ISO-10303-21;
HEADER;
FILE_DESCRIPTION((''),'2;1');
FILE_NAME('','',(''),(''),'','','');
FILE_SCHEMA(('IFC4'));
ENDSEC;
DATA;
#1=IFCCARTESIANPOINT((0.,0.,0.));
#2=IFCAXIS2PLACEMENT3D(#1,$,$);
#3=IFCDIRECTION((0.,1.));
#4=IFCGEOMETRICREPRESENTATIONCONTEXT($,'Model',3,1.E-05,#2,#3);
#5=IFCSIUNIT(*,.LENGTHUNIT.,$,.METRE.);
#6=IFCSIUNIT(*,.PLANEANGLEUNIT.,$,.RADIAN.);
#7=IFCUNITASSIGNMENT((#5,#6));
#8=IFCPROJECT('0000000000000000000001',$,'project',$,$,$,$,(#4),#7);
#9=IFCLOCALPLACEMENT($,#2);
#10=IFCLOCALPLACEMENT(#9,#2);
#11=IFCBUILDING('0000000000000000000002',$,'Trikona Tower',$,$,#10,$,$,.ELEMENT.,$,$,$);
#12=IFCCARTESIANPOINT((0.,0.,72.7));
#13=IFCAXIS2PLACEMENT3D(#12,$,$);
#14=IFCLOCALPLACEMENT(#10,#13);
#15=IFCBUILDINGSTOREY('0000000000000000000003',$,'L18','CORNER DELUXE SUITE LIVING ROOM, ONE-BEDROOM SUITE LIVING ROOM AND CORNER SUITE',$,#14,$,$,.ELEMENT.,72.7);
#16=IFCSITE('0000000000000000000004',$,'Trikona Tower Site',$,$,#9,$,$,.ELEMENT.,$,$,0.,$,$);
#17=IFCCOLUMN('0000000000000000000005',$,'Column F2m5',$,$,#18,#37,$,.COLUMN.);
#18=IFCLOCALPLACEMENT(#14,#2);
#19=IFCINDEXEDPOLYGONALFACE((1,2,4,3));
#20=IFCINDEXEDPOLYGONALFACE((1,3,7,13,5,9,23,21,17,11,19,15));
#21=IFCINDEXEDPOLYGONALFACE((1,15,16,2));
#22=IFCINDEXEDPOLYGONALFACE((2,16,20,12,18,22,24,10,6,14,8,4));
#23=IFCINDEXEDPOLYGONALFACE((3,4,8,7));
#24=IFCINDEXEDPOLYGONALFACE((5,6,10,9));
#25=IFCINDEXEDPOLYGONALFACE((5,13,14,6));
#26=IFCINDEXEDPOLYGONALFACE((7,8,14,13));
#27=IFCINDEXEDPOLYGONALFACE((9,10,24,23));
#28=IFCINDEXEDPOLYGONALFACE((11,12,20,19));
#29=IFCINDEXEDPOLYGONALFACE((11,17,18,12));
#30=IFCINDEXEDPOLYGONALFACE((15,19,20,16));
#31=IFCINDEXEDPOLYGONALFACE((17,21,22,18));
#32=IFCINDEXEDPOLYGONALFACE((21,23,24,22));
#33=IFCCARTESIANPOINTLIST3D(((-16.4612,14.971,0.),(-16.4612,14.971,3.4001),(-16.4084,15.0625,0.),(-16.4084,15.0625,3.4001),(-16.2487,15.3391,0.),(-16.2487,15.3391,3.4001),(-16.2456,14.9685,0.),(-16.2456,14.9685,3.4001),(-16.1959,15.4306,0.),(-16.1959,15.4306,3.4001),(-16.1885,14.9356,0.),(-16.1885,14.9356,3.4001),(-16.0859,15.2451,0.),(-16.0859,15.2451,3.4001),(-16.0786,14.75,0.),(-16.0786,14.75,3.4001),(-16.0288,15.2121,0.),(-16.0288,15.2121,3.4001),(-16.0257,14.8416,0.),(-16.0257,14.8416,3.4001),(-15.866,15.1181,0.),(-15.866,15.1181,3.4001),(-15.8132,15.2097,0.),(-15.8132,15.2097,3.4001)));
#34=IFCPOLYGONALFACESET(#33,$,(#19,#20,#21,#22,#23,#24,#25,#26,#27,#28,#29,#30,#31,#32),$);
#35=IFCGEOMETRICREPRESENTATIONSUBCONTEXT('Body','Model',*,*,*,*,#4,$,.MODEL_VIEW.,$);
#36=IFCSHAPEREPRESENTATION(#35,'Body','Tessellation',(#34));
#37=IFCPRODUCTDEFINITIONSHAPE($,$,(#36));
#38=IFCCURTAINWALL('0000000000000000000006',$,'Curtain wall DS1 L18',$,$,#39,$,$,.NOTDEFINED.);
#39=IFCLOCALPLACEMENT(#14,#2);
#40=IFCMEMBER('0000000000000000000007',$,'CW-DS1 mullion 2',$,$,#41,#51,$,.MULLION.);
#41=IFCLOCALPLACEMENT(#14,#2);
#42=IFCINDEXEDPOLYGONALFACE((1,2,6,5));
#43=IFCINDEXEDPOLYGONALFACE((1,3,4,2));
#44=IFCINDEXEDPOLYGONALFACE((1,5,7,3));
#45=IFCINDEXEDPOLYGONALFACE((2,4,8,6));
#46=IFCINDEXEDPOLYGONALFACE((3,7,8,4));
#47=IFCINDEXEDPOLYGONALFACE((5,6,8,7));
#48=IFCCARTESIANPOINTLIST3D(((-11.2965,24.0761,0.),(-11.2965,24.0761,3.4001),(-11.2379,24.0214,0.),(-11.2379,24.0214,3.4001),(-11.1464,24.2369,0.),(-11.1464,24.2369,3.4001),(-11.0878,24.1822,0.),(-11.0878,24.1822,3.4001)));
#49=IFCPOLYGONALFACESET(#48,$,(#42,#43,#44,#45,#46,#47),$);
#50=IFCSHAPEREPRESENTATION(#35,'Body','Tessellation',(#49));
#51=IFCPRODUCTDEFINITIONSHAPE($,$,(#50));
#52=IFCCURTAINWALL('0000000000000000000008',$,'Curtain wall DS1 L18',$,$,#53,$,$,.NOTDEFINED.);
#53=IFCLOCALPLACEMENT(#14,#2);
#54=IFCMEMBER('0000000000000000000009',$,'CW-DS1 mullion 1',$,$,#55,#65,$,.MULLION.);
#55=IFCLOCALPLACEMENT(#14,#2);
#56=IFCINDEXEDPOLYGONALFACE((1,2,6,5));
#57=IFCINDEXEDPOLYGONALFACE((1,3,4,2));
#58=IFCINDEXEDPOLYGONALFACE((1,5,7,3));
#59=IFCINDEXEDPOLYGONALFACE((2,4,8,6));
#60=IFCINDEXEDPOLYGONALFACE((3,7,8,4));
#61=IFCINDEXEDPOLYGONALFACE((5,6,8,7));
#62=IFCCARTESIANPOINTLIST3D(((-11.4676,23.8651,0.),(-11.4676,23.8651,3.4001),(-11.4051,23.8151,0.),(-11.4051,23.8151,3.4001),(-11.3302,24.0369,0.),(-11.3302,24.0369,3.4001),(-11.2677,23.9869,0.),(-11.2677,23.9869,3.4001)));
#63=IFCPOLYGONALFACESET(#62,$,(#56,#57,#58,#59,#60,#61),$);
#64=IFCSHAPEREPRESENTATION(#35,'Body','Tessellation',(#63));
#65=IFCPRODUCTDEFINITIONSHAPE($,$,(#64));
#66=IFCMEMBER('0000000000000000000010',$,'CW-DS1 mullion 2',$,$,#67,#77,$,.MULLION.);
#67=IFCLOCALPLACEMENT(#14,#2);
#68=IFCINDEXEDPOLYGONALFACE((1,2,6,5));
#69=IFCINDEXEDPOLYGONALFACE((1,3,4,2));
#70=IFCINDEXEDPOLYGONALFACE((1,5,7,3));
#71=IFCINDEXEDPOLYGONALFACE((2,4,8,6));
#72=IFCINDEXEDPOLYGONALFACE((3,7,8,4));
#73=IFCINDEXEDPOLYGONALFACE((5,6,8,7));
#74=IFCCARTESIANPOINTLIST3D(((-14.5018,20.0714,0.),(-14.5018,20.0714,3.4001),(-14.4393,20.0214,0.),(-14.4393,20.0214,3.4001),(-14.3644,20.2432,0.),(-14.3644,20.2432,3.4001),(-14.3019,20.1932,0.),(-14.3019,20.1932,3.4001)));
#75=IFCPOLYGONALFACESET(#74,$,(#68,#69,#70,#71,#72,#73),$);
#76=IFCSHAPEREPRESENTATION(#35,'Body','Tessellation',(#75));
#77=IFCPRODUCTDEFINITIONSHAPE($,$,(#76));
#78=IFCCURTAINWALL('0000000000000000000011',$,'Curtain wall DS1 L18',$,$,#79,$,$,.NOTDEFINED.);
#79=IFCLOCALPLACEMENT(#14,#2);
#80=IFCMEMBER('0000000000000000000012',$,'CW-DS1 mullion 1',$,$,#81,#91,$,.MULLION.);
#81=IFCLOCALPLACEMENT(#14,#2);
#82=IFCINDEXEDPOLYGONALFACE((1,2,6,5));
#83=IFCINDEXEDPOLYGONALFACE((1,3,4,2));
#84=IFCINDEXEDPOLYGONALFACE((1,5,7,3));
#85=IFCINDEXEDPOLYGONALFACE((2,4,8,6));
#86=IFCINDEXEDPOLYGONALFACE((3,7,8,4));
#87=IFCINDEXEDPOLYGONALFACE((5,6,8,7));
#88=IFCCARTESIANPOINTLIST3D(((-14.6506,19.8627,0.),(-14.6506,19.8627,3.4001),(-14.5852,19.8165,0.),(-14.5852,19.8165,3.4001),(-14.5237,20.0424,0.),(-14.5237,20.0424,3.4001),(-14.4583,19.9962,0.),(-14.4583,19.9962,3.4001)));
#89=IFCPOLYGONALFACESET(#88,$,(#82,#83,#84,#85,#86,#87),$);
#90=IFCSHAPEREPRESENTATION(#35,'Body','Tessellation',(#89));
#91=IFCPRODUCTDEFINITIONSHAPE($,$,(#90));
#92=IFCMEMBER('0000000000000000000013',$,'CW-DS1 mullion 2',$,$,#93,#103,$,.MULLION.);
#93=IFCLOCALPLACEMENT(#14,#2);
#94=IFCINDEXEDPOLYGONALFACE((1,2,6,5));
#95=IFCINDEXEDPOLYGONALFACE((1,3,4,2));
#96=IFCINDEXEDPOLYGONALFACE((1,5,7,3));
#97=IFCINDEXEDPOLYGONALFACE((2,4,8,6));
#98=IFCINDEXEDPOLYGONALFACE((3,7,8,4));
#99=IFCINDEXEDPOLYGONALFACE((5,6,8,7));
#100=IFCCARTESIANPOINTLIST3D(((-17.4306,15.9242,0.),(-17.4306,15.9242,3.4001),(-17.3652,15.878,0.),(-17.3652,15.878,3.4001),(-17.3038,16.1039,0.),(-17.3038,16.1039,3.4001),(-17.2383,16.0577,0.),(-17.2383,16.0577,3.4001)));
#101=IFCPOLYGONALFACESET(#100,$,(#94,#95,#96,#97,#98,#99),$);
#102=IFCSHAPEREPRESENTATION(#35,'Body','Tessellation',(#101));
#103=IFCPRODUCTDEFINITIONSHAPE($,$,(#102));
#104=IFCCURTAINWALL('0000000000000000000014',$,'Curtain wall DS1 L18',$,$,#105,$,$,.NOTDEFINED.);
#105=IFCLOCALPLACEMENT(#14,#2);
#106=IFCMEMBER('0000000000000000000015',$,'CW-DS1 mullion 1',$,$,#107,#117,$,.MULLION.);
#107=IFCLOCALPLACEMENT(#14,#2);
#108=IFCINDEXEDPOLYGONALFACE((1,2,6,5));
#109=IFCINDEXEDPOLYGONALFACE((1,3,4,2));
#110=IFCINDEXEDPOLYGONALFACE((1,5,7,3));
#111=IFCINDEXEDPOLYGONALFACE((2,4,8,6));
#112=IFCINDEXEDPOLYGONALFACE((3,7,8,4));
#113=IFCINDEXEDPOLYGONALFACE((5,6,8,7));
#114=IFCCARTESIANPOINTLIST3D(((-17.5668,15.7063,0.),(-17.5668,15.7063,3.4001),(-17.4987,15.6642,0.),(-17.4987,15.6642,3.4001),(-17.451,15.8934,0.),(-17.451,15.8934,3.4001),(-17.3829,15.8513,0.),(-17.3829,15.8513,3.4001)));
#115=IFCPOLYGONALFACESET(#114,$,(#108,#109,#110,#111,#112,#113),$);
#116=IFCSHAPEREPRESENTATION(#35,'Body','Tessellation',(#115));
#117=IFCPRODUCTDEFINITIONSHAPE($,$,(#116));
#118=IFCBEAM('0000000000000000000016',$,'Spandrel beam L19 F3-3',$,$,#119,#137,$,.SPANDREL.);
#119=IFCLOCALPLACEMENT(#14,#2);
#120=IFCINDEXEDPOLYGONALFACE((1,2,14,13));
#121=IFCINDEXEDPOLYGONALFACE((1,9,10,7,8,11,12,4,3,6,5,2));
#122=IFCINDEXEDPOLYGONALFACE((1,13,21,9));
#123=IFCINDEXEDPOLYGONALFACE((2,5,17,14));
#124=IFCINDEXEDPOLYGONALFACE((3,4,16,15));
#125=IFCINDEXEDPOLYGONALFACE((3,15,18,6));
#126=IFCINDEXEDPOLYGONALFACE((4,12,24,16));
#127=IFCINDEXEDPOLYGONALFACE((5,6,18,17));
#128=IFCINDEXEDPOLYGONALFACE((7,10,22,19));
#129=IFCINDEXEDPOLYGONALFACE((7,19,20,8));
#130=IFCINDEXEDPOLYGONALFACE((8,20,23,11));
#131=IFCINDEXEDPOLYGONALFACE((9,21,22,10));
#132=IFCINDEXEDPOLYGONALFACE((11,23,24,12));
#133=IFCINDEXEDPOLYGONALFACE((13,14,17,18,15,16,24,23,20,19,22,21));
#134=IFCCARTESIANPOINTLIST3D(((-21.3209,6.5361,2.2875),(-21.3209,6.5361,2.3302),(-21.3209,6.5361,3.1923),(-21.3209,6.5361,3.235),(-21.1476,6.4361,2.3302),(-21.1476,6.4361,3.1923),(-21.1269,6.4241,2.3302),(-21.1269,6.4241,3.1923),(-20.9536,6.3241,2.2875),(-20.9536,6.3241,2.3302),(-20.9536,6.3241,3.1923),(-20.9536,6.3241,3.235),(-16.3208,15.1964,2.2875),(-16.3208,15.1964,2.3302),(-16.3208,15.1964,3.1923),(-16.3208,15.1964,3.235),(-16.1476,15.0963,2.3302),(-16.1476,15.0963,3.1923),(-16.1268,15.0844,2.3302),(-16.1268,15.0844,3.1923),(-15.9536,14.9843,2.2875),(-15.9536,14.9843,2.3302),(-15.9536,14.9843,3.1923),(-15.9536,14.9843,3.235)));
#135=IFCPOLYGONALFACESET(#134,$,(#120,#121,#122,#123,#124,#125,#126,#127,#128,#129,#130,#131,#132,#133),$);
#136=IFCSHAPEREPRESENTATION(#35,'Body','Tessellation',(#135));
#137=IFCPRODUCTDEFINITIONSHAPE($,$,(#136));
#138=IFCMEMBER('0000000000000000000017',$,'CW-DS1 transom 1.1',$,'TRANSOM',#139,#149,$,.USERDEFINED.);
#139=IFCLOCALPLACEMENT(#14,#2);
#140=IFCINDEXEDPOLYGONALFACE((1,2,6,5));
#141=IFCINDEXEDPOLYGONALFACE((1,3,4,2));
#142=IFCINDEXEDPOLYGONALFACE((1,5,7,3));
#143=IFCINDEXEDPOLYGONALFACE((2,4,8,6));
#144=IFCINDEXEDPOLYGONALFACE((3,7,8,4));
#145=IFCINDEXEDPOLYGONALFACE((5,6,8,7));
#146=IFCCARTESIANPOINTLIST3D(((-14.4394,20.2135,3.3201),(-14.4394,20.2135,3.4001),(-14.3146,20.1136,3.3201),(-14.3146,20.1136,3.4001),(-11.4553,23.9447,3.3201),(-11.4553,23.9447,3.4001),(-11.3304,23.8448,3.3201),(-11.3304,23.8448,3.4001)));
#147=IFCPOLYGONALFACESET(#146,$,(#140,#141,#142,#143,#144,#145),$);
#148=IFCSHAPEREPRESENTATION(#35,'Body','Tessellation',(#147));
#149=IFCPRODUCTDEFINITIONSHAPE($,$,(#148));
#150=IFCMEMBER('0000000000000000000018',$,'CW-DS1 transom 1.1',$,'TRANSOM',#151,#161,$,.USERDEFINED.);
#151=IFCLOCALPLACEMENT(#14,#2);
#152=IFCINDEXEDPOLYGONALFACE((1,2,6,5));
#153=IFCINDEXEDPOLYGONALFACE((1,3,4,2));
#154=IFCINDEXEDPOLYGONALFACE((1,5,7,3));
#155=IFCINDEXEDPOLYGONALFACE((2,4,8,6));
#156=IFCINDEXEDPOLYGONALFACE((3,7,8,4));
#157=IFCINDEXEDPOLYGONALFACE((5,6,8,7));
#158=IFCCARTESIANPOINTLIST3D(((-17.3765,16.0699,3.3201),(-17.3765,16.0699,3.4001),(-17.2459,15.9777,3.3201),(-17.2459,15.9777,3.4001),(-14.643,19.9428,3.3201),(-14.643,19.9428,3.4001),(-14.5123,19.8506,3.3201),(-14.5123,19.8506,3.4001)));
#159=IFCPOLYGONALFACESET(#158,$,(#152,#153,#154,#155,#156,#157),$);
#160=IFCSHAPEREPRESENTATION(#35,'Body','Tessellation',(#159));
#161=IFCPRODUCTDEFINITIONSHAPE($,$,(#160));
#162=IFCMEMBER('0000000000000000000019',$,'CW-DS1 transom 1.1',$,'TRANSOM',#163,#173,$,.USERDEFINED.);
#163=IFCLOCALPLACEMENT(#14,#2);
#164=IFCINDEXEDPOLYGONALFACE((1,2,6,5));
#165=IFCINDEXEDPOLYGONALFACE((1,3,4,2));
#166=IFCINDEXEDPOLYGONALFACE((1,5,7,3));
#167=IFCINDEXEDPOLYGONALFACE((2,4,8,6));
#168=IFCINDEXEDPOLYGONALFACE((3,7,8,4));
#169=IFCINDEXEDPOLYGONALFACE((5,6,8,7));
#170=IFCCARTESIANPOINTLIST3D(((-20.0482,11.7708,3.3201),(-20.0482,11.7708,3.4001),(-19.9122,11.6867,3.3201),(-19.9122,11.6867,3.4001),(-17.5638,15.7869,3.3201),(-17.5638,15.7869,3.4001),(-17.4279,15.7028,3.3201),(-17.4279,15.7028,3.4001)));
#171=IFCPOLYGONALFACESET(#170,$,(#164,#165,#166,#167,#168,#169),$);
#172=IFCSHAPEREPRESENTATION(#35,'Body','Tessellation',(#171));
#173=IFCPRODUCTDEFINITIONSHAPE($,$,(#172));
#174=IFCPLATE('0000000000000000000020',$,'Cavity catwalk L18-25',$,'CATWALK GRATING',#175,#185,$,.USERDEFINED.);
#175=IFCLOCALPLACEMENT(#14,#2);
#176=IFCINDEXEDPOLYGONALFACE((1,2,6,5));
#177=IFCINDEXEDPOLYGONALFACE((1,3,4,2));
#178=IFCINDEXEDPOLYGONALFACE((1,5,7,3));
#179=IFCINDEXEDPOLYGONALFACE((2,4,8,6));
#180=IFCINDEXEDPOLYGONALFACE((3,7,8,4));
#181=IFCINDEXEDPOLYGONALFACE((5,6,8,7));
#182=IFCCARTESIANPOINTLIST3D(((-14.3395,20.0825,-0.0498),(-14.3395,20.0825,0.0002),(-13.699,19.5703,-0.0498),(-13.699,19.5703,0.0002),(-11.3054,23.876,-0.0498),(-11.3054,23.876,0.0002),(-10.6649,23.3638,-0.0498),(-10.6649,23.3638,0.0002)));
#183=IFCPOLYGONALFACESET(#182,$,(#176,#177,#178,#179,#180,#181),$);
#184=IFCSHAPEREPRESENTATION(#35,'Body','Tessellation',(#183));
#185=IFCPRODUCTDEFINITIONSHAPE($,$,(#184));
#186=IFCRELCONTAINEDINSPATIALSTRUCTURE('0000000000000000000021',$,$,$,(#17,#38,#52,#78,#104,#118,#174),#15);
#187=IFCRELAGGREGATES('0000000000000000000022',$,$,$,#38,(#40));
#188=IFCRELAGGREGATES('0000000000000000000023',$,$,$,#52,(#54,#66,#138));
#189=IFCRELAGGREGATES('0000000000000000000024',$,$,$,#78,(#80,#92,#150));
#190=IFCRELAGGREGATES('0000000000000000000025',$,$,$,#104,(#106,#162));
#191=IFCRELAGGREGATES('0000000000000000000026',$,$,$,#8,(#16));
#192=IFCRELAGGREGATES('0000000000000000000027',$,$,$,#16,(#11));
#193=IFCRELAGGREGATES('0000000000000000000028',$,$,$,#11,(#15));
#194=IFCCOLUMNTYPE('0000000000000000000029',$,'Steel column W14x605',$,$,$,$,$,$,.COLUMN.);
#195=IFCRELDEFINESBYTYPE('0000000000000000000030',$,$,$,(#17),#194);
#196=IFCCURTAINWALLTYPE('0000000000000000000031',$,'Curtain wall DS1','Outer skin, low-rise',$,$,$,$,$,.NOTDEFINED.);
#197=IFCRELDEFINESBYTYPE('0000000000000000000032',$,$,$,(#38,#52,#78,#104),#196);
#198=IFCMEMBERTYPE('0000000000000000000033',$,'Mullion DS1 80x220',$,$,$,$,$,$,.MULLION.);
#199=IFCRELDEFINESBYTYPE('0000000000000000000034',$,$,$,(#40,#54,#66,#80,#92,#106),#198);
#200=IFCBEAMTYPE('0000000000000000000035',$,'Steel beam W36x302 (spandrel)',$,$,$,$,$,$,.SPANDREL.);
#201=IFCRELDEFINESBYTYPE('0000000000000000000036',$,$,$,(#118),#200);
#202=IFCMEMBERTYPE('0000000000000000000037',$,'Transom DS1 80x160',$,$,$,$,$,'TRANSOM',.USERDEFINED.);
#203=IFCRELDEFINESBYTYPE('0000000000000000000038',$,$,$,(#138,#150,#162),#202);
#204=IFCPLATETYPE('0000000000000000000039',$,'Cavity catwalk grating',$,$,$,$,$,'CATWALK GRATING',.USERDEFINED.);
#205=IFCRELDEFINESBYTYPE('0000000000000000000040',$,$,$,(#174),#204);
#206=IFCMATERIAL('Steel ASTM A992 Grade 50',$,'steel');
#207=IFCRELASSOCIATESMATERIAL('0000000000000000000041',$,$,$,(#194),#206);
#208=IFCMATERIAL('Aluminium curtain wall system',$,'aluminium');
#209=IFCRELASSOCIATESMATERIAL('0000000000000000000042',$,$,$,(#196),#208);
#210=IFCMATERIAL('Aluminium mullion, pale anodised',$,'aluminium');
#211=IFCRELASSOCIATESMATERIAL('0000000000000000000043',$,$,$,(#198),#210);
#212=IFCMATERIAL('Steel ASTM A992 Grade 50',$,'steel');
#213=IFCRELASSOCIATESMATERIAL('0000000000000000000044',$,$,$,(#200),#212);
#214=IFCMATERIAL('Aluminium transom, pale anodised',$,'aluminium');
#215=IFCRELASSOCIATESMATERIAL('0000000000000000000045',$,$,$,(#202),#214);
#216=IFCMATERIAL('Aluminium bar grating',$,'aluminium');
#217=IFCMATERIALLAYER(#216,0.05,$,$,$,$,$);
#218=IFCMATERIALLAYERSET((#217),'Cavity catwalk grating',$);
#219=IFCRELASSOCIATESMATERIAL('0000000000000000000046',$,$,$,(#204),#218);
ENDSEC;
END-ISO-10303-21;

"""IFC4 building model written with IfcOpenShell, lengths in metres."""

from ifc_helpers import new_model, si_unit, direction, frame, origin, origin_2d, place, context, subcontext, project, spatial, rectangle, i_section, extrude, material, layer, layer_set, material_profile, profile_set, type_object, element, aggregate, save


model = new_model("IFC4")

# Units and contexts
model_context = context("Model", 3, precision=1e-05, world=origin(), true_north=direction((0.0, 1.0)))
body_context = subcontext(model_context, "Body", "Model", "MODEL_VIEW")
ifc_project = project(units=[si_unit("LENGTHUNIT", "METRE"), si_unit("PLANEANGLEUNIT", "RADIAN")], contexts=[model_context])

# Site, building, storey
site_placement = place(None, origin())
site = spatial("IfcSite", under=ifc_project, at=site_placement, Name="Trikona Tower Site", CompositionType="ELEMENT", RefElevation=0.0)
building_placement = place(site_placement, origin())
building = spatial("IfcBuilding", under=site, at=building_placement, Name="Trikona Tower", CompositionType="ELEMENT")
storey_placement = place(building_placement, frame((0.0, 0.0, 72.7)))
storey = spatial("IfcBuildingStorey", under=building, at=storey_placement, Name="L18", Description="CORNER DELUXE SUITE LIVING ROOM, ONE-BEDROOM SUITE LIVING ROOM AND CORNER SUITE", CompositionType="ELEMENT", Elevation=72.7)

# Column
ifc_material_1 = material(Name="Steel ASTM A992 Grade 50", Category="steel")
ifc_material_profile_1 = material_profile(ifc_material_1, i_section(OverallWidth=0.4419, OverallDepth=0.5308, WebThickness=0.0659, FlangeThickness=0.1057, at=origin_2d()), Name="W14X605")
ifc_profile_set_1 = profile_set([ifc_material_profile_1], Name="Steel ASTM A992 Grade 50")
column_type = type_object("IfcColumnType", Name="Steel column W14x605", PredefinedType="COLUMN", material=ifc_profile_set_1)
column_placement = place(storey_placement, frame((-16.1372, 15.0903, 0.0), z_axis=(0.0, 0.0, 1.0), x_axis=(-0.866025, 0.5, 0.0)))
element("IfcColumn", 1, at=column_placement, inside=storey, type_object=column_type, Name="Column F2m5", PredefinedType="COLUMN", context=body_context, shape_type="SweptSolid", body=[
    extrude(i_section(OverallWidth=0.4419, OverallDepth=0.5308, WebThickness=0.0659, FlangeThickness=0.1057, at=origin_2d()), origin(), (0.0, 0.0, 1.0), 3.4001),
])

# Curtain wall, member
ifc_material_2 = material(Name="Aluminium curtain wall system", Category="aluminium")
curtain_wall_type = type_object("IfcCurtainWallType", Name="Curtain wall DS1", Description="Outer skin, low-rise", PredefinedType="NOTDEFINED", material=ifc_material_2)
curtain_wall_1_placement = place(storey_placement, origin())
curtain_wall_1 = element("IfcCurtainWall", 2, at=curtain_wall_1_placement, inside=storey, type_object=curtain_wall_type, Name="Curtain wall DS1 L18", PredefinedType="NOTDEFINED")
ifc_material_3 = material(Name="Aluminium mullion, pale anodised", Category="aluminium")
ifc_material_profile_2 = material_profile(ifc_material_3, rectangle(XDim=0.0801, YDim=0.22, at=origin_2d()), Name="MUL-DS1")
ifc_profile_set_2 = profile_set([ifc_material_profile_2], Name="Aluminium mullion, pale anodised")
member_type_1 = type_object("IfcMemberType", Name="Mullion DS1 80x220", PredefinedType="MULLION", material=ifc_profile_set_2)
member_1_placement = place(storey_placement, frame((-11.1921, 24.1292, 0.0), z_axis=(0.0, 0.0, 1.0), x_axis=(0.731077, -0.682295, 0.0)))
member_1 = element("IfcMember", 3, at=member_1_placement, type_object=member_type_1, Name="CW-DS1 mullion 2", PredefinedType="MULLION", context=body_context, shape_type="SweptSolid", body=[
    extrude(rectangle(XDim=0.0801, YDim=0.22, at=origin_2d()), origin(), (0.0, 0.0, 1.0), 3.4001),
])
aggregate(curtain_wall_1, [member_1])

# Curtain walls, members
curtain_wall_2_placement = place(storey_placement, origin())
curtain_wall_2 = element("IfcCurtainWall", 4, at=curtain_wall_2_placement, inside=storey, type_object=curtain_wall_type, Name="Curtain wall DS1 L18", PredefinedType="NOTDEFINED")
member_2_placement = place(storey_placement, frame((-11.3677, 23.926, 0.0), z_axis=(0.0, 0.0, 1.0), x_axis=(0.780938, -0.624609, 0.0)))
member_2 = element("IfcMember", 5, at=member_2_placement, type_object=member_type_1, Name="CW-DS1 mullion 1", PredefinedType="MULLION", context=body_context, shape_type="SweptSolid", body=[
    extrude(rectangle(XDim=0.0801, YDim=0.22, at=origin_2d()), origin(), (0.0, 0.0, 1.0), 3.4001),
])
member_3_placement = place(storey_placement, frame((-14.4019, 20.1323, 0.0), z_axis=(0.0, 0.0, 1.0), x_axis=(0.780938, -0.624609, 0.0)))
member_3 = element("IfcMember", 6, at=member_3_placement, type_object=member_type_1, Name="CW-DS1 mullion 2", PredefinedType="MULLION", context=body_context, shape_type="SweptSolid", body=[
    extrude(rectangle(XDim=0.0801, YDim=0.22, at=origin_2d()), origin(), (0.0, 0.0, 1.0), 3.4001),
])
curtain_wall_3_placement = place(storey_placement, origin())
curtain_wall_3 = element("IfcCurtainWall", 7, at=curtain_wall_3_placement, inside=storey, type_object=curtain_wall_type, Name="Curtain wall DS1 L18", PredefinedType="NOTDEFINED")
member_4_placement = place(storey_placement, frame((-14.5544, 19.9294, 0.0), z_axis=(0.0, 0.0, 1.0), x_axis=(0.816985, -0.576658, 0.0)))
member_4 = element("IfcMember", 8, at=member_4_placement, type_object=member_type_1, Name="CW-DS1 mullion 1", PredefinedType="MULLION", context=body_context, shape_type="SweptSolid", body=[
    extrude(rectangle(XDim=0.0801, YDim=0.22, at=origin_2d()), origin(), (0.0, 0.0, 1.0), 3.4001),
])
member_5_placement = place(storey_placement, frame((-17.3345, 15.991, 0.0), z_axis=(0.0, 0.0, 1.0), x_axis=(0.816985, -0.576658, 0.0)))
member_5 = element("IfcMember", 9, at=member_5_placement, type_object=member_type_1, Name="CW-DS1 mullion 2", PredefinedType="MULLION", context=body_context, shape_type="SweptSolid", body=[
    extrude(rectangle(XDim=0.0801, YDim=0.22, at=origin_2d()), origin(), (0.0, 0.0, 1.0), 3.4001),
])

# Curtain wall, member
curtain_wall_4_placement = place(storey_placement, origin())
curtain_wall_4 = element("IfcCurtainWall", 10, at=curtain_wall_4_placement, inside=storey, type_object=curtain_wall_type, Name="Curtain wall DS1 L18", PredefinedType="NOTDEFINED")
member_6_placement = place(storey_placement, frame((-17.4749, 15.7788, 0.0), z_axis=(0.0, 0.0, 1.0), x_axis=(0.85041, -0.52612, 0.0)))
member_6 = element("IfcMember", 11, at=member_6_placement, type_object=member_type_1, Name="CW-DS1 mullion 1", PredefinedType="MULLION", context=body_context, shape_type="SweptSolid", body=[
    extrude(rectangle(XDim=0.0801, YDim=0.22, at=origin_2d()), origin(), (0.0, 0.0, 1.0), 3.4001),
])

# Beam
ifc_material_4 = material(Name="Steel ASTM A992 Grade 50", Category="steel")
ifc_material_profile_3 = material_profile(ifc_material_4, i_section(OverallWidth=0.4241, OverallDepth=0.9475, WebThickness=0.0239, FlangeThickness=0.0427, at=origin_2d()), Name="W36X302")
ifc_profile_set_3 = profile_set([ifc_material_profile_3], Name="Steel ASTM A992 Grade 50")
beam_type = type_object("IfcBeamType", Name="Steel beam W36x302 (spandrel)", PredefinedType="SPANDREL", material=ifc_profile_set_3)
beam_placement = place(storey_placement, frame((-16.1372, 15.0903, 2.7612), z_axis=(-0.500004, -0.866023, 0.0), x_axis=(0.866023, -0.500004, 0.0)))
element("IfcBeam", 12, at=beam_placement, inside=storey, type_object=beam_type, Name="Spandrel beam L19 F3-3", PredefinedType="SPANDREL", context=body_context, shape_type="SweptSolid", body=[
    extrude(i_section(OverallWidth=0.4241, OverallDepth=0.9475, WebThickness=0.0239, FlangeThickness=0.0427, at=origin_2d()), origin(), (0.0, 0.0, 1.0), 10.0),
])

# Members
ifc_material_5 = material(Name="Aluminium transom, pale anodised", Category="aluminium")
ifc_material_profile_4 = material_profile(ifc_material_5, rectangle(XDim=0.1599, YDim=0.0801, at=origin_2d()), Name="TRN-DS1")
ifc_profile_set_4 = profile_set([ifc_material_profile_4], Name="Aluminium transom, pale anodised")
member_type_2 = type_object("IfcMemberType", Name="Transom DS1 80x160", ElementType="TRANSOM", PredefinedType="USERDEFINED", material=ifc_profile_set_4)
member_7_placement = place(storey_placement, frame((-11.3928, 23.8948, 3.3601), z_axis=(-0.624589, -0.780954, 0.0), x_axis=(0.780954, -0.624589, 0.0)))
member_7 = element("IfcMember", 13, at=member_7_placement, type_object=member_type_2, Name="CW-DS1 transom 1.1", ObjectType="TRANSOM", PredefinedType="USERDEFINED", context=body_context, shape_type="SweptSolid", body=[
    extrude(rectangle(XDim=0.1599, YDim=0.0801, at=origin_2d()), origin(), (0.0, 0.0, 1.0), 4.7778),
])
member_8_placement = place(storey_placement, frame((-14.5776, 19.8967, 3.3601), z_axis=(-0.576645, -0.816995, 0.0), x_axis=(0.816995, -0.576645, 0.0)))
member_8 = element("IfcMember", 14, at=member_8_placement, type_object=member_type_2, Name="CW-DS1 transom 1.1", ObjectType="TRANSOM", PredefinedType="USERDEFINED", context=body_context, shape_type="SweptSolid", body=[
    extrude(rectangle(XDim=0.1599, YDim=0.0801, at=origin_2d()), origin(), (0.0, 0.0, 1.0), 4.7405),
])
member_9_placement = place(storey_placement, frame((-17.4958, 15.7449, 3.3601), z_axis=(-0.526081, -0.850435, 0.0), x_axis=(0.850435, -0.526081, 0.0)))
member_9 = element("IfcMember", 15, at=member_9_placement, type_object=member_type_2, Name="CW-DS1 transom 1.1", ObjectType="TRANSOM", PredefinedType="USERDEFINED", context=body_context, shape_type="SweptSolid", body=[
    extrude(rectangle(XDim=0.1599, YDim=0.0801, at=origin_2d()), origin(), (0.0, 0.0, 1.0), 4.7224),
])

# Plate
ifc_material_6 = material(Name="Aluminium bar grating", Category="aluminium")
ifc_layer_1 = layer(ifc_material_6, 0.05)
ifc_layer_set_1 = layer_set([ifc_layer_1], Name="Cavity catwalk grating")
plate_type_1 = type_object("IfcPlateType", Name="Cavity catwalk grating", ElementType="CATWALK GRATING", PredefinedType="USERDEFINED", material=ifc_layer_set_1)
plate_1_placement = place(storey_placement, frame((-12.5022, 21.7231, -0.0498), z_axis=(0.0, 0.0, 1.0), x_axis=(-0.624604, -0.780942, 0.0)))
element("IfcPlate", 16, at=plate_1_placement, inside=storey, type_object=plate_type_1, Name="Cavity catwalk L18-25", ObjectType="CATWALK GRATING", PredefinedType="USERDEFINED", context=body_context, shape_type="SweptSolid", body=[
    extrude(rectangle(XDim=4.8577, YDim=0.8201, at=origin_2d()), origin(), (0.0, 0.0, 1.0), 0.05),
])

aggregate(curtain_wall_2, [member_2, member_3, member_7])
aggregate(curtain_wall_3, [member_4, member_5, member_8])
aggregate(curtain_wall_4, [member_6, member_9])

save(model, "model.ifc")
